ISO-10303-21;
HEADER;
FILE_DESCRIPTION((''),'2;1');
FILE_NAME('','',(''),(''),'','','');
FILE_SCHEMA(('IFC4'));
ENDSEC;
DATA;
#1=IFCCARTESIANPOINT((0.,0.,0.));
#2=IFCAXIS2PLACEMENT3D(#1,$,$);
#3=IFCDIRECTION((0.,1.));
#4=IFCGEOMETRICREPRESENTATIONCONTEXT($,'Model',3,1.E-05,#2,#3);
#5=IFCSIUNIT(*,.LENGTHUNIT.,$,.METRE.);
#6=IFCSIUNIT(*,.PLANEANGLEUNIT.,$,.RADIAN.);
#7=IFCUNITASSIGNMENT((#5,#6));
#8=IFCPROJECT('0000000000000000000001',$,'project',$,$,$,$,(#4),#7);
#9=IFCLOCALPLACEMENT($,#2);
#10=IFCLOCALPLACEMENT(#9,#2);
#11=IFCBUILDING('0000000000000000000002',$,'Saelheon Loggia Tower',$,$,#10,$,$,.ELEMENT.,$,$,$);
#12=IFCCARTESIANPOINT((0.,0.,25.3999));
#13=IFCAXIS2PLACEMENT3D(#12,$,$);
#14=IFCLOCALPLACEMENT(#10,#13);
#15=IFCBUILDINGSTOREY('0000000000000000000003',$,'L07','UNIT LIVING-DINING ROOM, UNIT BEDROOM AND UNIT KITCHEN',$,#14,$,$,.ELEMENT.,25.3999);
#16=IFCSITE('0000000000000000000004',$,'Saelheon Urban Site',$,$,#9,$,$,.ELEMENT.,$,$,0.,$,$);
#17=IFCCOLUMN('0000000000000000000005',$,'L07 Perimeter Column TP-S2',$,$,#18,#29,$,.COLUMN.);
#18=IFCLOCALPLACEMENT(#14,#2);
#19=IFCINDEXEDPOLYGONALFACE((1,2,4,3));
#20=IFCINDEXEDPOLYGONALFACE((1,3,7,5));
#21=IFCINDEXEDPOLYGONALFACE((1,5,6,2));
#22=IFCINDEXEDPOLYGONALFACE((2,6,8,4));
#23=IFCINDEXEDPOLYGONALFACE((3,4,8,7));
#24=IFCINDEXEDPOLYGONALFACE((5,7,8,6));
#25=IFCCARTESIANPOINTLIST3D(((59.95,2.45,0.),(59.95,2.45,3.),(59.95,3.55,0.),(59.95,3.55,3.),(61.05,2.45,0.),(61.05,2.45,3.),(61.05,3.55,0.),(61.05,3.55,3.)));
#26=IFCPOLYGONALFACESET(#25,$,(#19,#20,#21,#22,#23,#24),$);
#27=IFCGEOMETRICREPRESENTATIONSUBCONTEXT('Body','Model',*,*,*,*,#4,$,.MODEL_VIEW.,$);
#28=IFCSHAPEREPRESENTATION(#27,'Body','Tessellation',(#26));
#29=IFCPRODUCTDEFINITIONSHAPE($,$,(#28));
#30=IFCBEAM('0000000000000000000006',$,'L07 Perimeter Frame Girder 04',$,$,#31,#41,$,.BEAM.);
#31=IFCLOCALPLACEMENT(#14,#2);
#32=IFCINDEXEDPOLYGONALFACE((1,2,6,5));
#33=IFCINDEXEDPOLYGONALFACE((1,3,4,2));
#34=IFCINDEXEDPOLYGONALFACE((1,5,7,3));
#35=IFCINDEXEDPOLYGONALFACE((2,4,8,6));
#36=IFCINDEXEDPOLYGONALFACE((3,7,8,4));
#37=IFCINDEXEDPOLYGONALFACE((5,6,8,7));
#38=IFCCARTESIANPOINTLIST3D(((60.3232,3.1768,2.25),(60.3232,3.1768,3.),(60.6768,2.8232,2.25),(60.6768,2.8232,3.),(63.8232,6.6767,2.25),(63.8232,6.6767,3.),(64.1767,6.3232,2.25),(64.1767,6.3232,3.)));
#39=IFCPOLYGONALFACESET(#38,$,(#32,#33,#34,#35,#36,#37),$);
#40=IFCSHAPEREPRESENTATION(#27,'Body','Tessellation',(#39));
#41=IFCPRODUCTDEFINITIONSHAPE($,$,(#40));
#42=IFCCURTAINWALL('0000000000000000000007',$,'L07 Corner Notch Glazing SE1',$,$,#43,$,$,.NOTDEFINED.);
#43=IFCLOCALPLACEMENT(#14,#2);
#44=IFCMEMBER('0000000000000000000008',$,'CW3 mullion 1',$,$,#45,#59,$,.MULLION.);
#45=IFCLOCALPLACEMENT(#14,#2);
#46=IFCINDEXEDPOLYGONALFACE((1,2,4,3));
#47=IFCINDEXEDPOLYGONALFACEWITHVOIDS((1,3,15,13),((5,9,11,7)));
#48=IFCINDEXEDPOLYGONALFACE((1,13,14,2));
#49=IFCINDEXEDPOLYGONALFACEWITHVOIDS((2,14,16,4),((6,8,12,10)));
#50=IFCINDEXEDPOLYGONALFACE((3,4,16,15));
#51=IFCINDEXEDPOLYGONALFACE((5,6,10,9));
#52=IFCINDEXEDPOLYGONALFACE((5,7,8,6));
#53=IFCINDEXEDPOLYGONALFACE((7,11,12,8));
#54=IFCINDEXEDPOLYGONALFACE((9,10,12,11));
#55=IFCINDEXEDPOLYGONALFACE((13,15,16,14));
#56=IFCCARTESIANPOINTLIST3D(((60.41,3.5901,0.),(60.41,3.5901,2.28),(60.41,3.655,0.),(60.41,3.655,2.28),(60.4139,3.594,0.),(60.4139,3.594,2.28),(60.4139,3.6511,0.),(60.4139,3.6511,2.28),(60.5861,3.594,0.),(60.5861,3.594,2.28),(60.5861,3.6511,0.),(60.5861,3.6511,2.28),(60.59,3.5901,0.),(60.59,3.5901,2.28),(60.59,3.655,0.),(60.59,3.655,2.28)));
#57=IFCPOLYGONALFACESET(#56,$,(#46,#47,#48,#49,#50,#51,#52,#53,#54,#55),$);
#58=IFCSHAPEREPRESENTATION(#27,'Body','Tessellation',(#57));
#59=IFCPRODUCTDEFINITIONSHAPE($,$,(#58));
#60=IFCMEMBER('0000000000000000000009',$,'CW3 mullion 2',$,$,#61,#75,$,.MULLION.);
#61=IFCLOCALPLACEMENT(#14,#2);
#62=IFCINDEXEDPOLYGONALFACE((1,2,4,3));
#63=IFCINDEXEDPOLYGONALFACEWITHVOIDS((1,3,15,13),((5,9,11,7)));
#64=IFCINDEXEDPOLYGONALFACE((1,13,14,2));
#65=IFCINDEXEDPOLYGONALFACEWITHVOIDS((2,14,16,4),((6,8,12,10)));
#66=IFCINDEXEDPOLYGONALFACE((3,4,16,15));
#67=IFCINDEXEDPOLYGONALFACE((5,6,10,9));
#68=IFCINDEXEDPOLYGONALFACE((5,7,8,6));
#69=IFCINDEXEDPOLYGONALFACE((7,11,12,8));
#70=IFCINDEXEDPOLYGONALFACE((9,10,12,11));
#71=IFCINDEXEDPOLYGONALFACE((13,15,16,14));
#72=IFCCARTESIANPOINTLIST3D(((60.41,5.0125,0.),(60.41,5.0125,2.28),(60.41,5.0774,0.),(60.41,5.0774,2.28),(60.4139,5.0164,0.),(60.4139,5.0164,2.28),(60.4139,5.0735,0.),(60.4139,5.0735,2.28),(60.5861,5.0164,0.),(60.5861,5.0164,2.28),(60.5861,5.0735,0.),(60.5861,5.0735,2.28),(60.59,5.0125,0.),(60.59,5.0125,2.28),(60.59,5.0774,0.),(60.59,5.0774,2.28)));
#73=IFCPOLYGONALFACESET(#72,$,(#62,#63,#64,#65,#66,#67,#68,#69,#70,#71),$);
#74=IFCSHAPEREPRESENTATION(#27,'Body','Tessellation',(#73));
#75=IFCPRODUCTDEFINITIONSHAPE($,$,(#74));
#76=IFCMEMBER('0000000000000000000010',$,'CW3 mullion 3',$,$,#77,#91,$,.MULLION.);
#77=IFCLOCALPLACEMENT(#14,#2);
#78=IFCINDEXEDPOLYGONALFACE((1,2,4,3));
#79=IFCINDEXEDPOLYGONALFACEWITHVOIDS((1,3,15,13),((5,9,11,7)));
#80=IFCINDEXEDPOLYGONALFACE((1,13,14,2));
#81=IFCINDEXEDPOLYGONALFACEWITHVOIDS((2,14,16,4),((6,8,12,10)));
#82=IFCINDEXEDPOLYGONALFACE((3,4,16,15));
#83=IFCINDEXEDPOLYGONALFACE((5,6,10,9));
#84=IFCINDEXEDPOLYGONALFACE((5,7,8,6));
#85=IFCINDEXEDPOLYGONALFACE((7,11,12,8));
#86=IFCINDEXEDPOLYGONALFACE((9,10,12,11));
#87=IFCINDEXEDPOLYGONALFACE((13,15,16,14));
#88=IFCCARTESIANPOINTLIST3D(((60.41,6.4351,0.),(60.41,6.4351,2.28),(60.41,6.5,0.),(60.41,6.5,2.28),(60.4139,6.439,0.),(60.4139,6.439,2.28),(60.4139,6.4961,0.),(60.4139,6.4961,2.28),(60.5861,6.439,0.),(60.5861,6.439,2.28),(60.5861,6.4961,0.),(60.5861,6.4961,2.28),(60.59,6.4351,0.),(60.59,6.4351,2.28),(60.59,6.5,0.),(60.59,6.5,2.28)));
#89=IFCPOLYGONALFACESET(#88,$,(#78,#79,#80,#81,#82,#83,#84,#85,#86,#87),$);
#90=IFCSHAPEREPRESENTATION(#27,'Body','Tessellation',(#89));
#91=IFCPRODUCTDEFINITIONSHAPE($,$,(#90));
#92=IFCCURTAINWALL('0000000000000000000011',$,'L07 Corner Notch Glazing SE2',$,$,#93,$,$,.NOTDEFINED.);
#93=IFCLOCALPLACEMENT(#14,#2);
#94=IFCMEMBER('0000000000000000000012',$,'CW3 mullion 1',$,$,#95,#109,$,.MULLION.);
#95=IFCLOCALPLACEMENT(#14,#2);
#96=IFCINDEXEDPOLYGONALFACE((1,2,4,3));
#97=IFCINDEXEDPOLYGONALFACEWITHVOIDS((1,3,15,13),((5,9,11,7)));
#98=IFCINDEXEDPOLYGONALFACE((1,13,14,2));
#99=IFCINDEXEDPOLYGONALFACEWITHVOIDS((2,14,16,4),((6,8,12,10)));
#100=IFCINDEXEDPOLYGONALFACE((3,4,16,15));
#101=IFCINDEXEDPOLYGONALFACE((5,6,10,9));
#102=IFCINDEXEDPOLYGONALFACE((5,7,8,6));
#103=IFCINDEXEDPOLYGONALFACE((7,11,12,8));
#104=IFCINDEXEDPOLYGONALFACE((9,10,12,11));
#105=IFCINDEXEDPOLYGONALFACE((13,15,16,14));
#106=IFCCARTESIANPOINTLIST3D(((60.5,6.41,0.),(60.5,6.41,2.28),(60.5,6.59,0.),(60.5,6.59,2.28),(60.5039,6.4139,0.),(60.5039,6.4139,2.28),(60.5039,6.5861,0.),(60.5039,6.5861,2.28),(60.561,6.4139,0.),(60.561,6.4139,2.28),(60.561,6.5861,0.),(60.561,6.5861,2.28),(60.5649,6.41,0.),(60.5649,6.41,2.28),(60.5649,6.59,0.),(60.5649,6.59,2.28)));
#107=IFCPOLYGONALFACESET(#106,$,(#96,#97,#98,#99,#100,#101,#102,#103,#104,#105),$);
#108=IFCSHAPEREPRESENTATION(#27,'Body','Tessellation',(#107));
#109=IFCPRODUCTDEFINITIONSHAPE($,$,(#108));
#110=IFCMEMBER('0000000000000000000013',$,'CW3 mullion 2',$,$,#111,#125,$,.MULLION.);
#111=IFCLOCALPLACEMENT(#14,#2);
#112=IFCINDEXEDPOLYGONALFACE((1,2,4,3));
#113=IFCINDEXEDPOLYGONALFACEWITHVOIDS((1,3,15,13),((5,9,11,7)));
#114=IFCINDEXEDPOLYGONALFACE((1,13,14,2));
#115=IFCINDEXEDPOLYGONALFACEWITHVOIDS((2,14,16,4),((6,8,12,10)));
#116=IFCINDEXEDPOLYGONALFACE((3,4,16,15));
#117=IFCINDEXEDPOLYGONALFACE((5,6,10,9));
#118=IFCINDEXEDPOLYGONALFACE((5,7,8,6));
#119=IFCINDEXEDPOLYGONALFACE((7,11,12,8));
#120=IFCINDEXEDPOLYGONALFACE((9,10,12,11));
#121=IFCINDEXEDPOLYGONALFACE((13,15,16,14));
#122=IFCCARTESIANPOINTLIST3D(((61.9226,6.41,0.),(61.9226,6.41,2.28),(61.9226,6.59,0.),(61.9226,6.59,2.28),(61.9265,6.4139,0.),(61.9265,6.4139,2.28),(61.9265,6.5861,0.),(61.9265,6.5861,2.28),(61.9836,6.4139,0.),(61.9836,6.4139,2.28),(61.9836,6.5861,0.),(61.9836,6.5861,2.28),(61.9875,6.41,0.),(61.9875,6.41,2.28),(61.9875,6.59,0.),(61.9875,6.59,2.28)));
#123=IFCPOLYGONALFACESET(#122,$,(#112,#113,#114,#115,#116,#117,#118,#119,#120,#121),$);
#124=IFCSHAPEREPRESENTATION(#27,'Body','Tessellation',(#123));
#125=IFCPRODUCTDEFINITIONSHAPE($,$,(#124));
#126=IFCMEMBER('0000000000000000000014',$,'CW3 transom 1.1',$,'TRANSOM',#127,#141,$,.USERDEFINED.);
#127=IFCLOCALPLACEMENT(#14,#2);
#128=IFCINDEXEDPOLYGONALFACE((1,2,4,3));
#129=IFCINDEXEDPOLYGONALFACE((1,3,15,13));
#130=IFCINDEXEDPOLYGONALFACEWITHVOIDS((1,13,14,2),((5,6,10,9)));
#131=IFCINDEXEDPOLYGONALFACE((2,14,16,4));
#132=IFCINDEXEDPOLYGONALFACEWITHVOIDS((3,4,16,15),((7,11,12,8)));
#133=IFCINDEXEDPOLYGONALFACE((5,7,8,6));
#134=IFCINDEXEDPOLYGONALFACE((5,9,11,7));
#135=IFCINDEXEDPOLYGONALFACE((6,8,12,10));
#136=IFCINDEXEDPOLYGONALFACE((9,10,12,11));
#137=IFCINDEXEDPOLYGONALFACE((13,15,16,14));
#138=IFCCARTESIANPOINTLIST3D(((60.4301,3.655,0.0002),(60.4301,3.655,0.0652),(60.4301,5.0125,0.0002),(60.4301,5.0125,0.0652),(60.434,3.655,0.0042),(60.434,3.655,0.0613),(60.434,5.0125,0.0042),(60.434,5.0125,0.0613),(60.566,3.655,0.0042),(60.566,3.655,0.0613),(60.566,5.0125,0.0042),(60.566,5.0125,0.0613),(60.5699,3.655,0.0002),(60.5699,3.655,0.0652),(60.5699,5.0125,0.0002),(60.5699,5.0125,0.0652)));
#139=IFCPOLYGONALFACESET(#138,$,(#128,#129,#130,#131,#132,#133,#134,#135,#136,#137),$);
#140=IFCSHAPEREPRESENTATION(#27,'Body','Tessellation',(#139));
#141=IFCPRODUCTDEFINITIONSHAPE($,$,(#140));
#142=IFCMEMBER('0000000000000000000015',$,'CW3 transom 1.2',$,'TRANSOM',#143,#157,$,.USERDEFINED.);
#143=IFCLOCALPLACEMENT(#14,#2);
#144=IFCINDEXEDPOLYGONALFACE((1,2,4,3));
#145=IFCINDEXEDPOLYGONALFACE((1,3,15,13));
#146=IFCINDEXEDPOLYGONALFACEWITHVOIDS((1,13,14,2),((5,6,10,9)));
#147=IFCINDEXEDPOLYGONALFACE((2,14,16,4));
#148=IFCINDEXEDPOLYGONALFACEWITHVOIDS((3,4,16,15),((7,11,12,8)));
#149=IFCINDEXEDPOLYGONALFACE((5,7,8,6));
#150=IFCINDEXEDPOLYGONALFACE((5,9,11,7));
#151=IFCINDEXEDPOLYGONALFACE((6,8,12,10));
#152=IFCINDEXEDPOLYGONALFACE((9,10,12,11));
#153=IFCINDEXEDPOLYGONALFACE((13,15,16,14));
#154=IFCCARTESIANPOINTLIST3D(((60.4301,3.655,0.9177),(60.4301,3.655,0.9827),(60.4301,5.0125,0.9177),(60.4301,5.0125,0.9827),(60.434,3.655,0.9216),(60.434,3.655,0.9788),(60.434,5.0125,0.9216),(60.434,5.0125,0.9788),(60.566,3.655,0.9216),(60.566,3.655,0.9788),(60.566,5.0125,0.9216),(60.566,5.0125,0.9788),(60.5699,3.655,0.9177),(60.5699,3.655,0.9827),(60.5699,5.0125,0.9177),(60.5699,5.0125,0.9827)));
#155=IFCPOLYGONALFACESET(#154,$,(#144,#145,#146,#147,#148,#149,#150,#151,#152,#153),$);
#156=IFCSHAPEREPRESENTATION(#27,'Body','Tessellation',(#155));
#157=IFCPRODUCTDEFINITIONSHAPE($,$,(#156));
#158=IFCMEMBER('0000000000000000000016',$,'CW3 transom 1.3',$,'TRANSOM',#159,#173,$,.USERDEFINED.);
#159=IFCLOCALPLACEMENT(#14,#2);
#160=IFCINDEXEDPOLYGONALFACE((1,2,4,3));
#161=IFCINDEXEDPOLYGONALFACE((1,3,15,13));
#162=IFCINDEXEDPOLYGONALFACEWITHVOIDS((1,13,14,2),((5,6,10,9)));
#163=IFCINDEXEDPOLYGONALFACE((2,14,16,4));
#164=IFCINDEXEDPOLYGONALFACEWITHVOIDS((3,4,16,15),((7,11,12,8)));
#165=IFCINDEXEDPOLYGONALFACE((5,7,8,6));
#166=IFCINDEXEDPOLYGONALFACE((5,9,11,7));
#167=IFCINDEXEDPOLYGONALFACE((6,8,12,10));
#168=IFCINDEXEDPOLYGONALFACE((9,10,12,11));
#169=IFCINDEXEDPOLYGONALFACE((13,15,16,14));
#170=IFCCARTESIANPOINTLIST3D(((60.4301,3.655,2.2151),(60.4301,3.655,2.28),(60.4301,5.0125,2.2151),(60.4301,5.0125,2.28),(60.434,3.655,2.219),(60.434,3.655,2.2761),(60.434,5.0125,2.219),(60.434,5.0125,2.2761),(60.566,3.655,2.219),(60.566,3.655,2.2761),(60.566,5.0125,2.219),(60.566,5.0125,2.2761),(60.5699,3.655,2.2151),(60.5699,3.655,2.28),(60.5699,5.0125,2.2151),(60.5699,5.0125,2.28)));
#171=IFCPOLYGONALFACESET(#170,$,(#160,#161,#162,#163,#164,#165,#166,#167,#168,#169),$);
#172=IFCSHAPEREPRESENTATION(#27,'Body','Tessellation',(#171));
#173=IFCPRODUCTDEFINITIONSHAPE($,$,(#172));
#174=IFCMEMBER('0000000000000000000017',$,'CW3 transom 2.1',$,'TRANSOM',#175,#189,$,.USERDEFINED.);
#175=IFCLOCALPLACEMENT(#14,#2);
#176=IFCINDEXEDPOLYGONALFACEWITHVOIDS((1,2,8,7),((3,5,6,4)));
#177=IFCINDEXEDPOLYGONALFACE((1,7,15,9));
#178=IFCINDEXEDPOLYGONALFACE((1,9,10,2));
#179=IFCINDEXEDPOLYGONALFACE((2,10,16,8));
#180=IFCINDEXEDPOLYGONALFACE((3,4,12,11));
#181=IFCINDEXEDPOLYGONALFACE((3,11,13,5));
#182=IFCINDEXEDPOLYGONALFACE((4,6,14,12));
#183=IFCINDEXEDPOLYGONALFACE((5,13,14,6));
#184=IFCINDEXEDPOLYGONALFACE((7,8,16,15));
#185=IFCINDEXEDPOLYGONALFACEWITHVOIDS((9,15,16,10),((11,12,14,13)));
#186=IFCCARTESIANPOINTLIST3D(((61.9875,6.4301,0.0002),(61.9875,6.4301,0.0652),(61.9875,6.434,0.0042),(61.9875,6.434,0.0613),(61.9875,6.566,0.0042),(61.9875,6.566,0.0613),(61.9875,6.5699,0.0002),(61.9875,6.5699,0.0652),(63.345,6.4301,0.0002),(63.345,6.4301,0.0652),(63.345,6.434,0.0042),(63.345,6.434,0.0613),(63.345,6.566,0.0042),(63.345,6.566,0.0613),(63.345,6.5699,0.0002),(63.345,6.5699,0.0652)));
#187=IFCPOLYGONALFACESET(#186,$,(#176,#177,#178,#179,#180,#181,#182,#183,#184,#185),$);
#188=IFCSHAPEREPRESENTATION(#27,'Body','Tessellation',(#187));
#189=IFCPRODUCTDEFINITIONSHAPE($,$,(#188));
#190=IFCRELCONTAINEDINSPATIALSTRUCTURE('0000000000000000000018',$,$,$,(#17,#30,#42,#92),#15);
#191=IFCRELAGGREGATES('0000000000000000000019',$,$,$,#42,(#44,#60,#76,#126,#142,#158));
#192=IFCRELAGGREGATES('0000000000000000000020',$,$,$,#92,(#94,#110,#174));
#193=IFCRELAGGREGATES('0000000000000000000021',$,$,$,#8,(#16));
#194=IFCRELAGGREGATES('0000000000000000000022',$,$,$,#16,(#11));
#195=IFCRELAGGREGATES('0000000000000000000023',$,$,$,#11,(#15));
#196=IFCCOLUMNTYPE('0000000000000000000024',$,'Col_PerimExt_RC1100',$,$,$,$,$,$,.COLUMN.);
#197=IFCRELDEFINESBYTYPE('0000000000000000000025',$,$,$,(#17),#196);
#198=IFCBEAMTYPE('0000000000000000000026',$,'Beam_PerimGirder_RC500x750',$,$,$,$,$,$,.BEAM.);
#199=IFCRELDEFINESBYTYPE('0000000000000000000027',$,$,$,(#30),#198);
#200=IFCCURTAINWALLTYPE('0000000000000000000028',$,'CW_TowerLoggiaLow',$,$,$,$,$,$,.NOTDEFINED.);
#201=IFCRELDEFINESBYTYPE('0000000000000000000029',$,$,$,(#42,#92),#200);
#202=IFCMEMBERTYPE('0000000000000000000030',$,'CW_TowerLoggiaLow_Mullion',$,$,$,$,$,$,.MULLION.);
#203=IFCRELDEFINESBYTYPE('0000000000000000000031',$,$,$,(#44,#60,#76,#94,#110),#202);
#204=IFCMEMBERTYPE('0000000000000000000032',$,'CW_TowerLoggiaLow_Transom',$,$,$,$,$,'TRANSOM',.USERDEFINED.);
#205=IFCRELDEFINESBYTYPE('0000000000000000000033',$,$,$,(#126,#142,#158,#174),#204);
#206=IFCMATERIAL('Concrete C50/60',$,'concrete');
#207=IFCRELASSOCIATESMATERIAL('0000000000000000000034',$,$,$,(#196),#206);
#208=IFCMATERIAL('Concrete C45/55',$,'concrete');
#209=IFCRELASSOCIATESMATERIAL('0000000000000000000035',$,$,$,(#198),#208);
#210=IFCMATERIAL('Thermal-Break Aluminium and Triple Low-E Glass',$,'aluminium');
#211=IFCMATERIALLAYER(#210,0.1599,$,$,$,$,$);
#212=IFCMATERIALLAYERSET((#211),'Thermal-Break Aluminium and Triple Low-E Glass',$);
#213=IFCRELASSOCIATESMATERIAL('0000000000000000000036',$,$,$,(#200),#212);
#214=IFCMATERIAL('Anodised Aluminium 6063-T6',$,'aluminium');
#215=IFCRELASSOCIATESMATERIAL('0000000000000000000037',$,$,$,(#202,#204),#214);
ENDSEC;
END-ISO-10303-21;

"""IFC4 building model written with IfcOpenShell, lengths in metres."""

from ifc_helpers import new_model, si_unit, direction, frame, origin, origin_2d, place, context, subcontext, project, spatial, rectangle, hollow_rectangle, extrude, source, transform, mapped, material, layer, layer_set, material_profile, profile_set, type_object, element, aggregate, save


model = new_model("IFC4")

# Units and contexts
model_context = context("Model", 3, precision=1e-05, world=origin(), true_north=direction((0.0, 1.0)))
body_context = subcontext(model_context, "Body", "Model", "MODEL_VIEW")
ifc_project = project(units=[si_unit("LENGTHUNIT", "METRE"), si_unit("PLANEANGLEUNIT", "RADIAN")], contexts=[model_context])

# Site, building, storey
site_placement = place(None, origin())
site = spatial("IfcSite", under=ifc_project, at=site_placement, Name="Saelheon Urban Site", CompositionType="ELEMENT", RefElevation=0.0)
building_placement = place(site_placement, origin())
building = spatial("IfcBuilding", under=site, at=building_placement, Name="Saelheon Loggia Tower", CompositionType="ELEMENT")
storey_placement = place(building_placement, frame((0.0, 0.0, 25.3999)))
storey = spatial("IfcBuildingStorey", under=building, at=storey_placement, Name="L07", Description="UNIT LIVING-DINING ROOM, UNIT BEDROOM AND UNIT KITCHEN", CompositionType="ELEMENT", Elevation=25.3999)

# Column
ifc_material_1 = material(Name="Concrete C50/60", Category="concrete")
ifc_material_profile_1 = material_profile(ifc_material_1, rectangle(XDim=1.1001, YDim=1.1001, at=origin_2d()), Name="RC-1100x1100")
ifc_profile_set_1 = profile_set([ifc_material_profile_1], Name="Concrete C50/60")
column_type = type_object("IfcColumnType", Name="Col_PerimExt_RC1100", PredefinedType="COLUMN", material=ifc_profile_set_1)
shared_shape_1 = source(origin(), body_context, "Body", "SweptSolid", [
    extrude(rectangle(XDim=1.1001, YDim=1.1001, at=origin_2d()), origin(), (0.0, 0.0, 1.0), 3.0),
])
column_placement = place(storey_placement, frame((60.5, 3.0, 0.0), z_axis=(0.0, 0.0, 1.0), x_axis=(1.0, 0.0, 0.0)))
element("IfcColumn", 1, at=column_placement, inside=storey, type_object=column_type, Name="L07 Perimeter Column TP-S2", PredefinedType="COLUMN", context=body_context, shape_type="MappedRepresentation", body=[
    mapped(shared_shape_1, transform((0.0, 0.0, 0.0), scale=1.0)),
])

# Beam
ifc_material_2 = material(Name="Concrete C45/55", Category="concrete")
ifc_material_profile_2 = material_profile(ifc_material_2, rectangle(XDim=0.5, YDim=0.75, at=origin_2d()), Name="RC-500x750")
ifc_profile_set_2 = profile_set([ifc_material_profile_2], Name="Concrete C45/55")
beam_type = type_object("IfcBeamType", Name="Beam_PerimGirder_RC500x750", PredefinedType="BEAM", material=ifc_profile_set_2)
shared_shape_2 = source(origin(), body_context, "Body", "SweptSolid", [
    extrude(rectangle(XDim=0.5, YDim=0.75, at=origin_2d()), origin(), (0.0, 0.0, 1.0), 4.9497),
])
beam_placement = place(storey_placement, frame((60.5, 3.0, 2.625), z_axis=(0.707107, 0.707107, 0.0), x_axis=(-0.707107, 0.707107, 0.0)))
element("IfcBeam", 2, at=beam_placement, inside=storey, type_object=beam_type, Name="L07 Perimeter Frame Girder 04", PredefinedType="BEAM", context=body_context, shape_type="MappedRepresentation", body=[
    mapped(shared_shape_2, transform((0.0, 0.0, 0.0), scale=1.0)),
])

# Curtain walls, members
ifc_material_3 = material(Name="Thermal-Break Aluminium and Triple Low-E Glass", Category="aluminium")
ifc_layer_1 = layer(ifc_material_3, 0.1599)
ifc_layer_set_1 = layer_set([ifc_layer_1], Name="Thermal-Break Aluminium and Triple Low-E Glass")
curtain_wall_type = type_object("IfcCurtainWallType", Name="CW_TowerLoggiaLow", PredefinedType="NOTDEFINED", material=ifc_layer_set_1)
curtain_wall_1_placement = place(storey_placement, origin())
curtain_wall_1 = element("IfcCurtainWall", 3, at=curtain_wall_1_placement, inside=storey, type_object=curtain_wall_type, Name="L07 Corner Notch Glazing SE1", PredefinedType="NOTDEFINED")
ifc_material_4 = material(Name="Anodised Aluminium 6063-T6", Category="aluminium")
ifc_material_profile_3 = material_profile(ifc_material_4, hollow_rectangle(XDim=0.0649, YDim=0.1799, WallThickness=0.0039, at=origin_2d()), Name="RHS-180x65x4")
ifc_profile_set_3 = profile_set([ifc_material_profile_3], Name="Anodised Aluminium 6063-T6")
member_type_1 = type_object("IfcMemberType", Name="CW_TowerLoggiaLow_Mullion", PredefinedType="MULLION", material=ifc_profile_set_3)
shared_shape_3 = source(origin(), body_context, "Body", "SweptSolid", [
    extrude(hollow_rectangle(XDim=0.0649, YDim=0.1799, WallThickness=0.0039, at=origin_2d()), origin(), (0.0, 0.0, 1.0), 2.28),
])
member_1_placement = place(storey_placement, frame((60.5, 3.6226, 0.0), z_axis=(0.0, 0.0, 1.0), x_axis=(0.0, 1.0, 0.0)))
member_1 = element("IfcMember", 4, at=member_1_placement, type_object=member_type_1, Name="CW3 mullion 1", PredefinedType="MULLION", context=body_context, shape_type="MappedRepresentation", body=[
    mapped(shared_shape_3, transform((0.0, 0.0, 0.0), scale=1.0)),
])
member_2_placement = place(storey_placement, frame((60.5, 5.0449, 0.0), z_axis=(0.0, 0.0, 1.0), x_axis=(0.0, 1.0, 0.0)))
member_2 = element("IfcMember", 5, at=member_2_placement, type_object=member_type_1, Name="CW3 mullion 2", PredefinedType="MULLION", context=body_context, shape_type="MappedRepresentation", body=[
    mapped(shared_shape_3, transform((0.0, 0.0, 0.0), scale=1.0)),
])
member_3_placement = place(storey_placement, frame((60.5, 6.4675, 0.0), z_axis=(0.0, 0.0, 1.0), x_axis=(0.0, 1.0, 0.0)))
member_3 = element("IfcMember", 6, at=member_3_placement, type_object=member_type_1, Name="CW3 mullion 3", PredefinedType="MULLION", context=body_context, shape_type="MappedRepresentation", body=[
    mapped(shared_shape_3, transform((0.0, 0.0, 0.0), scale=1.0)),
])
curtain_wall_2_placement = place(storey_placement, origin())
curtain_wall_2 = element("IfcCurtainWall", 7, at=curtain_wall_2_placement, inside=storey, type_object=curtain_wall_type, Name="L07 Corner Notch Glazing SE2", PredefinedType="NOTDEFINED")
member_4_placement = place(storey_placement, frame((60.5325, 6.5, 0.0), z_axis=(0.0, 0.0, 1.0), x_axis=(1.0, 0.0, 0.0)))
member_4 = element("IfcMember", 8, at=member_4_placement, type_object=member_type_1, Name="CW3 mullion 1", PredefinedType="MULLION", context=body_context, shape_type="MappedRepresentation", body=[
    mapped(shared_shape_3, transform((0.0, 0.0, 0.0), scale=1.0)),
])
member_5_placement = place(storey_placement, frame((61.9551, 6.5, 0.0), z_axis=(0.0, 0.0, 1.0), x_axis=(1.0, 0.0, 0.0)))
member_5 = element("IfcMember", 9, at=member_5_placement, type_object=member_type_1, Name="CW3 mullion 2", PredefinedType="MULLION", context=body_context, shape_type="MappedRepresentation", body=[
    mapped(shared_shape_3, transform((0.0, 0.0, 0.0), scale=1.0)),
])

# Members
ifc_material_profile_4 = material_profile(ifc_material_4, hollow_rectangle(XDim=0.0649, YDim=0.1399, WallThickness=0.0039, at=origin_2d()), Name="RHS-140x65x4")
ifc_profile_set_4 = profile_set([ifc_material_profile_4], Name="Anodised Aluminium 6063-T6")
member_type_2 = type_object("IfcMemberType", Name="CW_TowerLoggiaLow_Transom", ElementType="TRANSOM", PredefinedType="USERDEFINED", material=ifc_profile_set_4)
shared_shape_4 = source(origin(), body_context, "Body", "SweptSolid", [
    extrude(hollow_rectangle(XDim=0.0649, YDim=0.1399, WallThickness=0.0039, at=origin_2d()), origin(), (0.0, 0.0, 1.0), 1.3574),
])
member_6_placement = place(storey_placement, frame((60.5, 3.655, 0.0327), z_axis=(0.0, 1.0, 0.0), x_axis=(0.0, 0.0, 1.0)))
member_6 = element("IfcMember", 10, at=member_6_placement, type_object=member_type_2, Name="CW3 transom 1.1", ObjectType="TRANSOM", PredefinedType="USERDEFINED", context=body_context, shape_type="MappedRepresentation", body=[
    mapped(shared_shape_4, transform((0.0, 0.0, 0.0), scale=1.0)),
])
member_7_placement = place(storey_placement, frame((60.5, 3.655, 0.9502), z_axis=(0.0, 1.0, 0.0), x_axis=(0.0, 0.0, 1.0)))
member_7 = element("IfcMember", 11, at=member_7_placement, type_object=member_type_2, Name="CW3 transom 1.2", ObjectType="TRANSOM", PredefinedType="USERDEFINED", context=body_context, shape_type="MappedRepresentation", body=[
    mapped(shared_shape_4, transform((0.0, 0.0, 0.0), scale=1.0)),
])
member_8_placement = place(storey_placement, frame((60.5, 3.655, 2.2476), z_axis=(0.0, 1.0, 0.0), x_axis=(0.0, 0.0, 1.0)))
member_8 = element("IfcMember", 12, at=member_8_placement, type_object=member_type_2, Name="CW3 transom 1.3", ObjectType="TRANSOM", PredefinedType="USERDEFINED", context=body_context, shape_type="MappedRepresentation", body=[
    mapped(shared_shape_4, transform((0.0, 0.0, 0.0), scale=1.0)),
])
member_9_placement = place(storey_placement, frame((61.9875, 6.5, 0.0327), z_axis=(1.0, 0.0, 0.0), x_axis=(0.0, 0.0, 1.0)))
member_9 = element("IfcMember", 13, at=member_9_placement, type_object=member_type_2, Name="CW3 transom 2.1", ObjectType="TRANSOM", PredefinedType="USERDEFINED", context=body_context, shape_type="MappedRepresentation", body=[
    mapped(shared_shape_4, transform((0.0, 0.0, 0.0), scale=1.0)),
])

aggregate(curtain_wall_1, [member_1, member_2, member_3, member_6, member_7, member_8])
aggregate(curtain_wall_2, [member_4, member_5, member_9])

save(model, "model.ifc")
